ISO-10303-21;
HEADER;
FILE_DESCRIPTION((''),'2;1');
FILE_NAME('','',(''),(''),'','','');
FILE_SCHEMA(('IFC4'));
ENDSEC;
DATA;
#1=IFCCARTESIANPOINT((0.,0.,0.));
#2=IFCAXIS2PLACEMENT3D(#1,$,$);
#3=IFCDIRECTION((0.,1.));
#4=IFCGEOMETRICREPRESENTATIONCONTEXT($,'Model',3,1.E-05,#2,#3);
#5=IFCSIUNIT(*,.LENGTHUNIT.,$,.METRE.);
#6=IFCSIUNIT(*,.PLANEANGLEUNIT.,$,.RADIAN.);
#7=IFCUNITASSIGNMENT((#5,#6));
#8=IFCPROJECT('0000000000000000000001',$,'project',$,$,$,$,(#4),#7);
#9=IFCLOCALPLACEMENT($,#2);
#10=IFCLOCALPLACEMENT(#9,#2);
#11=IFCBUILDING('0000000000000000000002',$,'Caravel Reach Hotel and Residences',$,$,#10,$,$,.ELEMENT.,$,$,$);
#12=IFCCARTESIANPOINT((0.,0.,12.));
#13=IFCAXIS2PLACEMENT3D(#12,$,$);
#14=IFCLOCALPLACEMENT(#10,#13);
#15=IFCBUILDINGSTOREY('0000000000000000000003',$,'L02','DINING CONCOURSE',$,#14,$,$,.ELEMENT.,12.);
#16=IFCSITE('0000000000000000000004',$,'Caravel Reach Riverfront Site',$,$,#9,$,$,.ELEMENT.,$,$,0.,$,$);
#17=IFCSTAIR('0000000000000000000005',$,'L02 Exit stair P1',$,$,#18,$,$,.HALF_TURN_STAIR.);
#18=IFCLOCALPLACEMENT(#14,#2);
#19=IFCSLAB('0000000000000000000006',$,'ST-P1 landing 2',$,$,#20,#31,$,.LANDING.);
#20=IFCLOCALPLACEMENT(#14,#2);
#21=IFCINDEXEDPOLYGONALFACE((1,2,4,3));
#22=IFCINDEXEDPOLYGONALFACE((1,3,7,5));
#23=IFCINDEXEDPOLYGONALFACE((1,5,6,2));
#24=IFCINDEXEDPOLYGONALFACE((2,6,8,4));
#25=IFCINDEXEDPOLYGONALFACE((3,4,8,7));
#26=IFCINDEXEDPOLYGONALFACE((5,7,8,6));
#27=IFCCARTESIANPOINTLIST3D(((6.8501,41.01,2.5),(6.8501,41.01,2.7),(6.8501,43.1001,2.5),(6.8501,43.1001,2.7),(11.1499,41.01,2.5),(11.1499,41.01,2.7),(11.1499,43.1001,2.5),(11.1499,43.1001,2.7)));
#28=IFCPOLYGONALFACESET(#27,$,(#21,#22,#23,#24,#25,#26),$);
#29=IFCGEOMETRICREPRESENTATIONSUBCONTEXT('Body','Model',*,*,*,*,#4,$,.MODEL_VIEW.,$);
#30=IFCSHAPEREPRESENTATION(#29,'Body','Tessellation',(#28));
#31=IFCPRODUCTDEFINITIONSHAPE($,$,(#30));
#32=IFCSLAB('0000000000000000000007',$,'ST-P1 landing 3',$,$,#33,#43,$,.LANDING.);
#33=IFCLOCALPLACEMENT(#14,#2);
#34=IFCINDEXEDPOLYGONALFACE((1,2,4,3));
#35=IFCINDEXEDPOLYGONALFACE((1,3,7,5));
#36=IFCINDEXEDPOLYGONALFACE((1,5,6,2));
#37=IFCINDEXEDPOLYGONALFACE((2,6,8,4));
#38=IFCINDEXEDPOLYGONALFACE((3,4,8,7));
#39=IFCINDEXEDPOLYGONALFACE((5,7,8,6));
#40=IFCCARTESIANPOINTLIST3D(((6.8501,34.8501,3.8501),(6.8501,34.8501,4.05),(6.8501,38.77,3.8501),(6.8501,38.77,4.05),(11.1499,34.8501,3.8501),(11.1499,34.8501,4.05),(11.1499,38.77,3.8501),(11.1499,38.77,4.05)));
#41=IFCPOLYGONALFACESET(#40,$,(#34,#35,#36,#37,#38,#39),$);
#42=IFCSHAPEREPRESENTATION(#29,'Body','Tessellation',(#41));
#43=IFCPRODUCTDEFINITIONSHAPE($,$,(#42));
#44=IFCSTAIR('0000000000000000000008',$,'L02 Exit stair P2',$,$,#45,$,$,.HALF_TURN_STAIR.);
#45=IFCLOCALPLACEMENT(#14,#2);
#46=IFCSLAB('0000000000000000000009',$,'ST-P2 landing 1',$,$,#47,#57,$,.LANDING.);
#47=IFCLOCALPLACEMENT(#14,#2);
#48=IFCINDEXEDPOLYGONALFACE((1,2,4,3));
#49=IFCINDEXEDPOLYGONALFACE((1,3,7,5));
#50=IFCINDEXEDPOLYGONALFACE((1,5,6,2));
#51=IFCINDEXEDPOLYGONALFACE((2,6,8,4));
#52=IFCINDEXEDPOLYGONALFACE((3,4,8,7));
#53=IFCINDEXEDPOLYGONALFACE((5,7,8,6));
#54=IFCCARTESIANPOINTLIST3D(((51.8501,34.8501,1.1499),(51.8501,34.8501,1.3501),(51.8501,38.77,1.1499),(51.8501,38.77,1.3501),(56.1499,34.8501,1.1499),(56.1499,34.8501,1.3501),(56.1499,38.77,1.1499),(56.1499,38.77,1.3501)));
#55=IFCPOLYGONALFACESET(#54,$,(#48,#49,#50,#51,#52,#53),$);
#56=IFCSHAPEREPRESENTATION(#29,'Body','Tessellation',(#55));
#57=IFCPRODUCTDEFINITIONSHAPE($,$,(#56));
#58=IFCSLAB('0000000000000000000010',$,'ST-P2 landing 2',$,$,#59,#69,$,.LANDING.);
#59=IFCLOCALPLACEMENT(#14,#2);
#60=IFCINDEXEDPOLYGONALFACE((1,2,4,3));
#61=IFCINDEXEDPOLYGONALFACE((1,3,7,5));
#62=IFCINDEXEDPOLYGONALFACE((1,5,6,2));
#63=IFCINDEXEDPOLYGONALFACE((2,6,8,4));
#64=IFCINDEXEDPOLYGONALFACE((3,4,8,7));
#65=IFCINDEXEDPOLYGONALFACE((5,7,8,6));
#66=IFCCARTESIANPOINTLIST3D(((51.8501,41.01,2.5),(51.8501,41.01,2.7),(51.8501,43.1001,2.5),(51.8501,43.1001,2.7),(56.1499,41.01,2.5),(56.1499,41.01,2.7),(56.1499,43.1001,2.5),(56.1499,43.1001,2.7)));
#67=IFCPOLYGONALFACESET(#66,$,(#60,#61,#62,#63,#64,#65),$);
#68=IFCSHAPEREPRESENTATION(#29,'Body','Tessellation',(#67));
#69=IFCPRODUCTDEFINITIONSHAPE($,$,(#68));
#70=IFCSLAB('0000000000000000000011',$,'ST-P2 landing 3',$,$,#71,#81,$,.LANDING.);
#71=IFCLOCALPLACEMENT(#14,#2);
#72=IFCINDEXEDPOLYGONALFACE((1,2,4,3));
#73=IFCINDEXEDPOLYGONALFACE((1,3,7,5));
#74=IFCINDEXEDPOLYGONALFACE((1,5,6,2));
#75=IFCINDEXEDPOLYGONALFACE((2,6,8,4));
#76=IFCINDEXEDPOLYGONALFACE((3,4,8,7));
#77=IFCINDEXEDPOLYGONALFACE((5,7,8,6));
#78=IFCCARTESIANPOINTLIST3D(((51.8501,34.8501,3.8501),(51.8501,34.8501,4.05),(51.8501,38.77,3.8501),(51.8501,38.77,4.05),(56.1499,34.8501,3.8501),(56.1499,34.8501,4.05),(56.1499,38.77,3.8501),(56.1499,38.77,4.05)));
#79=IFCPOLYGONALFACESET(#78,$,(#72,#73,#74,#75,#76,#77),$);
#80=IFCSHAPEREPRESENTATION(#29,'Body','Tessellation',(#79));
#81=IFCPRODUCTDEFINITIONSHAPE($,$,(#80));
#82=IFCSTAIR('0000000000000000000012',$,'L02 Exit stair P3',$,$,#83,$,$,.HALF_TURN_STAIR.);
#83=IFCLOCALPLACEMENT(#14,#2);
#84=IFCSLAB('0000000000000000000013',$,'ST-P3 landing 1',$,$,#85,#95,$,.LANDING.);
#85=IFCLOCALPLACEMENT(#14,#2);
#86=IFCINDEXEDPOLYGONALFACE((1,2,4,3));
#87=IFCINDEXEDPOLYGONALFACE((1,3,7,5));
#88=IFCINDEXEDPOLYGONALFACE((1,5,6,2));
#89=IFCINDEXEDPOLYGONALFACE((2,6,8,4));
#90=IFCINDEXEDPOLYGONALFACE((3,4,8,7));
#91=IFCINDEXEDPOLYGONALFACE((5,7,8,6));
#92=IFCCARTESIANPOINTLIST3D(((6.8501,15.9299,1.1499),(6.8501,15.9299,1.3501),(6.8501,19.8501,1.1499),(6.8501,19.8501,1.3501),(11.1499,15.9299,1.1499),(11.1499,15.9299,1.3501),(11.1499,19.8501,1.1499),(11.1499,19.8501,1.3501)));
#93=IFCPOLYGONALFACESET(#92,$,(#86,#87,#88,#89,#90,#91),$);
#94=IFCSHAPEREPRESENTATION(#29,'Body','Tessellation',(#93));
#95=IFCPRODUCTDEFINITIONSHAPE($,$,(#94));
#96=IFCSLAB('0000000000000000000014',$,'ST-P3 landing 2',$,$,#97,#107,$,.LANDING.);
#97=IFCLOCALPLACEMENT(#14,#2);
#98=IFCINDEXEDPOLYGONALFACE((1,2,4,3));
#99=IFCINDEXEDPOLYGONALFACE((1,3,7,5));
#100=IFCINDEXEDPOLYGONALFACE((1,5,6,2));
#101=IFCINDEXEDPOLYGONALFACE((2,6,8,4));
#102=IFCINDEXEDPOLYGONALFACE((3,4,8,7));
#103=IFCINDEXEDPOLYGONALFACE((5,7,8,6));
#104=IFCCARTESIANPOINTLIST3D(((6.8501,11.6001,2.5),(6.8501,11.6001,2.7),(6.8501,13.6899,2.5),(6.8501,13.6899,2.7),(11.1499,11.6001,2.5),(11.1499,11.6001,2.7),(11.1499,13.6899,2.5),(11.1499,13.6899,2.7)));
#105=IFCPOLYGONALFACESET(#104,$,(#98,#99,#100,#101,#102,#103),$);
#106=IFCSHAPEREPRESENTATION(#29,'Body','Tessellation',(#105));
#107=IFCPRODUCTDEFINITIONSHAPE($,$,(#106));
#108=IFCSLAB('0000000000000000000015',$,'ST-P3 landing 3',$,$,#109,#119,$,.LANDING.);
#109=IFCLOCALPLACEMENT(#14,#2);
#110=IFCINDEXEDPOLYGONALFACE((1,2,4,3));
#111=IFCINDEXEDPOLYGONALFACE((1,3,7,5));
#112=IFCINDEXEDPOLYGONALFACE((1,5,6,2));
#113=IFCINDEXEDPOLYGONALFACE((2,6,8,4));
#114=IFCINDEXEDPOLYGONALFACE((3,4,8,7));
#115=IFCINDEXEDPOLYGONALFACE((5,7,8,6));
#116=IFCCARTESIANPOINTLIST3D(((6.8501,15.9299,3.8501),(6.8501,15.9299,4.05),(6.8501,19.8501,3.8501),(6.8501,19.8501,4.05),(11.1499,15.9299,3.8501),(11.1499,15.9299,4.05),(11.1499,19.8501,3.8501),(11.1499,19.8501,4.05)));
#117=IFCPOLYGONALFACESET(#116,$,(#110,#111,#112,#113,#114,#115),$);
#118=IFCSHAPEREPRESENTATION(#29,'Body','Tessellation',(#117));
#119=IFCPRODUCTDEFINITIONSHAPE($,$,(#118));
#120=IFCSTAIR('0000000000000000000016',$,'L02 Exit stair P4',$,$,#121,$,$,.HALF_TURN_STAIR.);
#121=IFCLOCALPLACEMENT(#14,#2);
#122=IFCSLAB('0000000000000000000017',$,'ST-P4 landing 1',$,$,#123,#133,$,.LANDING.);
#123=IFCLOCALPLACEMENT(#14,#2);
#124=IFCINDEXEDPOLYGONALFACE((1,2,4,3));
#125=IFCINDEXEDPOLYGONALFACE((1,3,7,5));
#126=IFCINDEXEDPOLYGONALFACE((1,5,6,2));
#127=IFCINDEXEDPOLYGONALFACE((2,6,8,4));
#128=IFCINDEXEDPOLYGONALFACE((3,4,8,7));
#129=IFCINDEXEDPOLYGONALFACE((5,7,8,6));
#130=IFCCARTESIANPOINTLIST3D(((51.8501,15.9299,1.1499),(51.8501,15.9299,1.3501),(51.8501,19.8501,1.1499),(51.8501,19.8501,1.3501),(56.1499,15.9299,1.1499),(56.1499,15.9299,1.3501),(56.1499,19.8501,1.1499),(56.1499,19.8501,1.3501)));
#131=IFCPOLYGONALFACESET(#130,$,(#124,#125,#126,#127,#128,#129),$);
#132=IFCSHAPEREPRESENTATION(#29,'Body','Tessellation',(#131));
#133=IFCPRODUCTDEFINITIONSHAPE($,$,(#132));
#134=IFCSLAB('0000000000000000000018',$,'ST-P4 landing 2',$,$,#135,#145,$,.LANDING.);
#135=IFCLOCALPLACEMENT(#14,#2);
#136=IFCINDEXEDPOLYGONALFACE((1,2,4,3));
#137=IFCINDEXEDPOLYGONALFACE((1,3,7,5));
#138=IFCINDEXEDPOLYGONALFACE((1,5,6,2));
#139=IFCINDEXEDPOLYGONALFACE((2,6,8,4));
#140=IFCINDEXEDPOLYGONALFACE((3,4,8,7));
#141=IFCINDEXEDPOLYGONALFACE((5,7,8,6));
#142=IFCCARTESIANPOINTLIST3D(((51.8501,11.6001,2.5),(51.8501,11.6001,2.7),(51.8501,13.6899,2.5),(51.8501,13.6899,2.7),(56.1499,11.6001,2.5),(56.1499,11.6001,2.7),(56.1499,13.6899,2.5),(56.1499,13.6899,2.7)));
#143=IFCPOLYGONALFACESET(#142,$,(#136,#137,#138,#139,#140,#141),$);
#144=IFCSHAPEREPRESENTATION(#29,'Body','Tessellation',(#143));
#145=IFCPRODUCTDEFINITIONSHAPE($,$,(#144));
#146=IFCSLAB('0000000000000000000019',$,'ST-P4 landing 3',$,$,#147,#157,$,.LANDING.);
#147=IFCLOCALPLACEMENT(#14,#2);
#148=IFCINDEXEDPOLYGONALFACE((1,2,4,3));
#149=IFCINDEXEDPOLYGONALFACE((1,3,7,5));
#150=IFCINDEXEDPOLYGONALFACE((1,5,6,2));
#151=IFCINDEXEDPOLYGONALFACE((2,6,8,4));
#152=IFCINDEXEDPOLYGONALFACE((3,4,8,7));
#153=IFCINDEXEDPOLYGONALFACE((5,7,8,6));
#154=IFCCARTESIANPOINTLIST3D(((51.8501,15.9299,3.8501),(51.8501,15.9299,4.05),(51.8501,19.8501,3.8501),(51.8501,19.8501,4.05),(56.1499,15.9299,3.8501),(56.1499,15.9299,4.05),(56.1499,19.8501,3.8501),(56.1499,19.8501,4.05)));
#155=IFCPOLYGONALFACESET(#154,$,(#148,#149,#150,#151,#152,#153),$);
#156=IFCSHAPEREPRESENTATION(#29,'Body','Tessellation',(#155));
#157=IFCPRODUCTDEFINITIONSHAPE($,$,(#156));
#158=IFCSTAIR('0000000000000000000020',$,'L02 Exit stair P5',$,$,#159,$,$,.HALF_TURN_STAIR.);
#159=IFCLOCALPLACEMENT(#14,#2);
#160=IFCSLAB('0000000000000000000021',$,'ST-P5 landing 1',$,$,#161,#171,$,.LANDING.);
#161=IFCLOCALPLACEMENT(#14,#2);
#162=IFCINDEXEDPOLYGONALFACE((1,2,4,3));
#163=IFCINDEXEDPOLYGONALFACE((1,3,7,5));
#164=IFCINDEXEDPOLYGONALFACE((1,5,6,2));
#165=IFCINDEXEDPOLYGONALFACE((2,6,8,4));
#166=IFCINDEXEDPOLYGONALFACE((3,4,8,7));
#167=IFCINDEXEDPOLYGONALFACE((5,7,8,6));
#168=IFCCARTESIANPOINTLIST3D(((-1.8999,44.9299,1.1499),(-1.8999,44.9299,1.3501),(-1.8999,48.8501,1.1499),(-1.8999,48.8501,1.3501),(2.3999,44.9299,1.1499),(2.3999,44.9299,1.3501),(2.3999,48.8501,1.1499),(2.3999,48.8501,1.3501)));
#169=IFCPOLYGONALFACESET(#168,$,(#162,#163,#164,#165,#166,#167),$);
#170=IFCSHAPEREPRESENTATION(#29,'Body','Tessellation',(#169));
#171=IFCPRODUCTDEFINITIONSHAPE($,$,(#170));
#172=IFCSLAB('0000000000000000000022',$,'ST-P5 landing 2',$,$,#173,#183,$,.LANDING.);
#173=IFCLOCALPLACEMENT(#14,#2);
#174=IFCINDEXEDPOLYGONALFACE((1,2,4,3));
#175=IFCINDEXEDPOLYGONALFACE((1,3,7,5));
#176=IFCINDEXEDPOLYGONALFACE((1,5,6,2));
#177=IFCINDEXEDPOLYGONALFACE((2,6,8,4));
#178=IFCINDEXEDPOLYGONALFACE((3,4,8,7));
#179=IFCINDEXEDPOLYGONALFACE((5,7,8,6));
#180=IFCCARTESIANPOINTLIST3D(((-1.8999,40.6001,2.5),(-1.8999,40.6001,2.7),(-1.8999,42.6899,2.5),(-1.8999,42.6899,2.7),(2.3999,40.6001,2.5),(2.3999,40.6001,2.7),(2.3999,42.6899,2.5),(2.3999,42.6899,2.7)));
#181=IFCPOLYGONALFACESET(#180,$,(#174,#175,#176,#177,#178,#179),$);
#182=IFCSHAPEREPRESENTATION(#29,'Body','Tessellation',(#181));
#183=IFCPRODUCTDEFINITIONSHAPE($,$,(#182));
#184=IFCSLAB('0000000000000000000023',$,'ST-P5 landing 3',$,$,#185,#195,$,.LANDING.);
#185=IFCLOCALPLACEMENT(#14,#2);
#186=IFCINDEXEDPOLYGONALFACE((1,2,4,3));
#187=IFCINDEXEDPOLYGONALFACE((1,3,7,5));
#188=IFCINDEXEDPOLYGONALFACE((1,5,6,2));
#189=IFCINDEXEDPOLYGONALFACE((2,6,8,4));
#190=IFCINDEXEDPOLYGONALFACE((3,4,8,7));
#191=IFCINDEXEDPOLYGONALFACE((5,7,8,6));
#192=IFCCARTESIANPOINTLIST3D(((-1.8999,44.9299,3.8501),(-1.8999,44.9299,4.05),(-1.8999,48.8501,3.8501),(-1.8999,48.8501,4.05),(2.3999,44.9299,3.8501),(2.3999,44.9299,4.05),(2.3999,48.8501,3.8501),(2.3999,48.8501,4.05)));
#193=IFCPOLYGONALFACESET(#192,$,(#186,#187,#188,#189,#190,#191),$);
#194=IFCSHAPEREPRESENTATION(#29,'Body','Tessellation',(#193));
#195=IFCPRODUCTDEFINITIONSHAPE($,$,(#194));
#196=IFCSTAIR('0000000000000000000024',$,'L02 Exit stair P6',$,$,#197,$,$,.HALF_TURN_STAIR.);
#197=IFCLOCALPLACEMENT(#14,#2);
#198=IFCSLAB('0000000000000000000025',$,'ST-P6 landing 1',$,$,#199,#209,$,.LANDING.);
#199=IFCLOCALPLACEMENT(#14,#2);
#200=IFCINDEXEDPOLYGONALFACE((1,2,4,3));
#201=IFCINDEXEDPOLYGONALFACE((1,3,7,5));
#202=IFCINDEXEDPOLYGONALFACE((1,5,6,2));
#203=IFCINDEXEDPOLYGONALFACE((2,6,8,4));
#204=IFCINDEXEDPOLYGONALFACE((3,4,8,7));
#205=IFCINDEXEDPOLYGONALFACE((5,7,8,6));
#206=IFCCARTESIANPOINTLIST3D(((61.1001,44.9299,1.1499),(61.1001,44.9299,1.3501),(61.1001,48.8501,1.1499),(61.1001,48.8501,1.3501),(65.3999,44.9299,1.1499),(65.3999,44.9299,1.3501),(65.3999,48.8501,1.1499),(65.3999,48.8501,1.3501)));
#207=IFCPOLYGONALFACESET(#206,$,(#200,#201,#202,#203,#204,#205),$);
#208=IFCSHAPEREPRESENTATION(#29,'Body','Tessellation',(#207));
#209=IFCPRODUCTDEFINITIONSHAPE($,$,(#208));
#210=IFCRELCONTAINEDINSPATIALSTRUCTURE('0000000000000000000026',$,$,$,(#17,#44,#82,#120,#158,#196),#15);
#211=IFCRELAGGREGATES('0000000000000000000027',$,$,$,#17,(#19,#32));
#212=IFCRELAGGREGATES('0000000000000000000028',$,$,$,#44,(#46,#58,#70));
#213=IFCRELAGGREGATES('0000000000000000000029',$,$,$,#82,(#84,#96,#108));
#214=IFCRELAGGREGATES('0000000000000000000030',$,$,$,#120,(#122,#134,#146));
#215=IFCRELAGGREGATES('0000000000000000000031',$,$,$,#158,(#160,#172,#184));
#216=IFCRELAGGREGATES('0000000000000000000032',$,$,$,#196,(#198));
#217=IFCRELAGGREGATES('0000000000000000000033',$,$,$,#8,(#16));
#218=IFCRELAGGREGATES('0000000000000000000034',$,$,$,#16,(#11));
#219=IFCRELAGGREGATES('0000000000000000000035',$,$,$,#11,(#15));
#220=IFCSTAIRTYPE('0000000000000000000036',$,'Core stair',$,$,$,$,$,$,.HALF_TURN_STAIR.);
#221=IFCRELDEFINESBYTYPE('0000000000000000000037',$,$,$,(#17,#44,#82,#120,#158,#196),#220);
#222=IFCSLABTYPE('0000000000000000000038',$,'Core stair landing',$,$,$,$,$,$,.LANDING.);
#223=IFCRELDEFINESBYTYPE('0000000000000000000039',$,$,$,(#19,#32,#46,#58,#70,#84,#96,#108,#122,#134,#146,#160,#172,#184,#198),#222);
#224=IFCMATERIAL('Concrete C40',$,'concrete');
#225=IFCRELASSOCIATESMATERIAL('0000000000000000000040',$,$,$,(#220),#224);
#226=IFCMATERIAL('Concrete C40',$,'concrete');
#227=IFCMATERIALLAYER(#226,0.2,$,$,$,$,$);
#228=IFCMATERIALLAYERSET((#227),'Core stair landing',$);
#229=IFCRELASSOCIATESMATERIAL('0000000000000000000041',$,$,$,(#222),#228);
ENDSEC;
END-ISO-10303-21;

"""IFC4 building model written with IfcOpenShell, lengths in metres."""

from ifc_helpers import new_model, si_unit, direction, frame, origin, place, context, subcontext, project, spatial, polyline, outline, extrude, material, layer, layer_set, type_object, element, aggregate, save


model = new_model("IFC4")

# Units and contexts
model_context = context("Model", 3, precision=1e-05, world=origin(), true_north=direction((0.0, 1.0)))
body_context = subcontext(model_context, "Body", "Model", "MODEL_VIEW")
ifc_project = project(units=[si_unit("LENGTHUNIT", "METRE"), si_unit("PLANEANGLEUNIT", "RADIAN")], contexts=[model_context])

# Site, building, storey
site_placement = place(None, origin())
site = spatial("IfcSite", under=ifc_project, at=site_placement, Name="Caravel Reach Riverfront Site", CompositionType="ELEMENT", RefElevation=0.0)
building_placement = place(site_placement, origin())
building = spatial("IfcBuilding", under=site, at=building_placement, Name="Caravel Reach Hotel and Residences", CompositionType="ELEMENT")
storey_placement = place(building_placement, frame((0.0, 0.0, 12.0)))
storey = spatial("IfcBuildingStorey", under=building, at=storey_placement, Name="L02", Description="DINING CONCOURSE", CompositionType="ELEMENT", Elevation=12.0)

# Shared definitions
ifc_material_1 = material(Name="Concrete C40", Category="concrete")
stair_type = type_object("IfcStairType", Name="Core stair", PredefinedType="HALF_TURN_STAIR", material=ifc_material_1)
ifc_material_2 = material(Name="Concrete C40", Category="concrete")
ifc_layer_1 = layer(ifc_material_2, 0.2)
ifc_layer_set_1 = layer_set([ifc_layer_1], Name="Core stair landing")
slab_type_1 = type_object("IfcSlabType", Name="Core stair landing", PredefinedType="LANDING", material=ifc_layer_set_1)

# Stairs, slabs
stair_1_placement = place(storey_placement, origin())
stair_1 = element("IfcStair", 1, at=stair_1_placement, inside=storey, type_object=stair_type, Name="L02 Exit stair P1", PredefinedType="HALF_TURN_STAIR")
slab_1_placement = place(storey_placement, frame((0.0, 0.0, 2.5)))
slab_1 = element("IfcSlab", 2, at=slab_1_placement, type_object=slab_type_1, Name="ST-P1 landing 2", PredefinedType="LANDING", context=body_context, shape_type="SweptSolid", body=[
    extrude(outline(polyline([(6.8501, 43.1001), (6.8501, 41.01), (11.1499, 41.01), (11.1499, 43.1001), (6.8501, 43.1001)])), origin(), (0.0, 0.0, 1.0), 0.2),
])
slab_2_placement = place(storey_placement, frame((0.0, 0.0, 3.8501)))
slab_2 = element("IfcSlab", 3, at=slab_2_placement, type_object=slab_type_1, Name="ST-P1 landing 3", PredefinedType="LANDING", context=body_context, shape_type="SweptSolid", body=[
    extrude(outline(polyline([(6.8501, 38.77), (6.8501, 34.8501), (11.1499, 34.8501), (11.1499, 38.77), (6.8501, 38.77)])), origin(), (0.0, 0.0, 1.0), 0.2),
])
aggregate(stair_1, [slab_1, slab_2])
stair_2_placement = place(storey_placement, origin())
stair_2 = element("IfcStair", 4, at=stair_2_placement, inside=storey, type_object=stair_type, Name="L02 Exit stair P2", PredefinedType="HALF_TURN_STAIR")
slab_3_placement = place(storey_placement, frame((0.0, 0.0, 1.1499)))
slab_3 = element("IfcSlab", 5, at=slab_3_placement, type_object=slab_type_1, Name="ST-P2 landing 1", PredefinedType="LANDING", context=body_context, shape_type="SweptSolid", body=[
    extrude(outline(polyline([(51.8501, 38.77), (51.8501, 34.8501), (56.1499, 34.8501), (56.1499, 38.77), (51.8501, 38.77)])), origin(), (0.0, 0.0, 1.0), 0.2002),
])
slab_4_placement = place(storey_placement, frame((0.0, 0.0, 2.5)))
slab_4 = element("IfcSlab", 6, at=slab_4_placement, type_object=slab_type_1, Name="ST-P2 landing 2", PredefinedType="LANDING", context=body_context, shape_type="SweptSolid", body=[
    extrude(outline(polyline([(51.8501, 43.1001), (51.8501, 41.01), (56.1499, 41.01), (56.1499, 43.1001), (51.8501, 43.1001)])), origin(), (0.0, 0.0, 1.0), 0.2),
])
slab_5_placement = place(storey_placement, frame((0.0, 0.0, 3.8501)))
slab_5 = element("IfcSlab", 7, at=slab_5_placement, type_object=slab_type_1, Name="ST-P2 landing 3", PredefinedType="LANDING", context=body_context, shape_type="SweptSolid", body=[
    extrude(outline(polyline([(51.8501, 38.77), (51.8501, 34.8501), (56.1499, 34.8501), (56.1499, 38.77), (51.8501, 38.77)])), origin(), (0.0, 0.0, 1.0), 0.2),
])
aggregate(stair_2, [slab_3, slab_4, slab_5])
stair_3_placement = place(storey_placement, origin())
stair_3 = element("IfcStair", 8, at=stair_3_placement, inside=storey, type_object=stair_type, Name="L02 Exit stair P3", PredefinedType="HALF_TURN_STAIR")
slab_6_placement = place(storey_placement, frame((0.0, 0.0, 1.1499)))
slab_6 = element("IfcSlab", 9, at=slab_6_placement, type_object=slab_type_1, Name="ST-P3 landing 1", PredefinedType="LANDING", context=body_context, shape_type="SweptSolid", body=[
    extrude(outline(polyline([(11.1499, 15.9299), (11.1499, 19.8501), (6.8501, 19.8501), (6.8501, 15.9299), (11.1499, 15.9299)])), origin(), (0.0, 0.0, 1.0), 0.2002),
])
slab_7_placement = place(storey_placement, frame((0.0, 0.0, 2.5)))
slab_7 = element("IfcSlab", 10, at=slab_7_placement, type_object=slab_type_1, Name="ST-P3 landing 2", PredefinedType="LANDING", context=body_context, shape_type="SweptSolid", body=[
    extrude(outline(polyline([(11.1499, 11.6001), (11.1499, 13.6899), (6.8501, 13.6899), (6.8501, 11.6001), (11.1499, 11.6001)])), origin(), (0.0, 0.0, 1.0), 0.2),
])
slab_8_placement = place(storey_placement, frame((0.0, 0.0, 3.8501)))
slab_8 = element("IfcSlab", 11, at=slab_8_placement, type_object=slab_type_1, Name="ST-P3 landing 3", PredefinedType="LANDING", context=body_context, shape_type="SweptSolid", body=[
    extrude(outline(polyline([(11.1499, 15.9299), (11.1499, 19.8501), (6.8501, 19.8501), (6.8501, 15.9299), (11.1499, 15.9299)])), origin(), (0.0, 0.0, 1.0), 0.2),
])
aggregate(stair_3, [slab_6, slab_7, slab_8])
stair_4_placement = place(storey_placement, origin())
stair_4 = element("IfcStair", 12, at=stair_4_placement, inside=storey, type_object=stair_type, Name="L02 Exit stair P4", PredefinedType="HALF_TURN_STAIR")
slab_9_placement = place(storey_placement, frame((0.0, 0.0, 1.1499)))
slab_9 = element("IfcSlab", 13, at=slab_9_placement, type_object=slab_type_1, Name="ST-P4 landing 1", PredefinedType="LANDING", context=body_context, shape_type="SweptSolid", body=[
    extrude(outline(polyline([(56.1499, 15.9299), (56.1499, 19.8501), (51.8501, 19.8501), (51.8501, 15.9299), (56.1499, 15.9299)])), origin(), (0.0, 0.0, 1.0), 0.2002),
])
slab_10_placement = place(storey_placement, frame((0.0, 0.0, 2.5)))
slab_10 = element("IfcSlab", 14, at=slab_10_placement, type_object=slab_type_1, Name="ST-P4 landing 2", PredefinedType="LANDING", context=body_context, shape_type="SweptSolid", body=[
    extrude(outline(polyline([(56.1499, 11.6001), (56.1499, 13.6899), (51.8501, 13.6899), (51.8501, 11.6001), (56.1499, 11.6001)])), origin(), (0.0, 0.0, 1.0), 0.2),
])
slab_11_placement = place(storey_placement, frame((0.0, 0.0, 3.8501)))
slab_11 = element("IfcSlab", 15, at=slab_11_placement, type_object=slab_type_1, Name="ST-P4 landing 3", PredefinedType="LANDING", context=body_context, shape_type="SweptSolid", body=[
    extrude(outline(polyline([(56.1499, 15.9299), (56.1499, 19.8501), (51.8501, 19.8501), (51.8501, 15.9299), (56.1499, 15.9299)])), origin(), (0.0, 0.0, 1.0), 0.2),
])
aggregate(stair_4, [slab_9, slab_10, slab_11])
stair_5_placement = place(storey_placement, origin())
stair_5 = element("IfcStair", 16, at=stair_5_placement, inside=storey, type_object=stair_type, Name="L02 Exit stair P5", PredefinedType="HALF_TURN_STAIR")
slab_12_placement = place(storey_placement, frame((0.0, 0.0, 1.1499)))
slab_12 = element("IfcSlab", 17, at=slab_12_placement, type_object=slab_type_1, Name="ST-P5 landing 1", PredefinedType="LANDING", context=body_context, shape_type="SweptSolid", body=[
    extrude(outline(polyline([(2.3999, 44.9299), (2.3999, 48.8501), (-1.8999, 48.8501), (-1.8999, 44.9299), (2.3999, 44.9299)])), origin(), (0.0, 0.0, 1.0), 0.2002),
])
slab_13_placement = place(storey_placement, frame((0.0, 0.0, 2.5)))
slab_13 = element("IfcSlab", 18, at=slab_13_placement, type_object=slab_type_1, Name="ST-P5 landing 2", PredefinedType="LANDING", context=body_context, shape_type="SweptSolid", body=[
    extrude(outline(polyline([(2.3999, 40.6001), (2.3999, 42.6899), (-1.8999, 42.6899), (-1.8999, 40.6001), (2.3999, 40.6001)])), origin(), (0.0, 0.0, 1.0), 0.2),
])
slab_14_placement = place(storey_placement, frame((0.0, 0.0, 3.8501)))
slab_14 = element("IfcSlab", 19, at=slab_14_placement, type_object=slab_type_1, Name="ST-P5 landing 3", PredefinedType="LANDING", context=body_context, shape_type="SweptSolid", body=[
    extrude(outline(polyline([(2.3999, 44.9299), (2.3999, 48.8501), (-1.8999, 48.8501), (-1.8999, 44.9299), (2.3999, 44.9299)])), origin(), (0.0, 0.0, 1.0), 0.2),
])
aggregate(stair_5, [slab_12, slab_13, slab_14])

# Stair, slab
stair_6_placement = place(storey_placement, origin())
stair_6 = element("IfcStair", 20, at=stair_6_placement, inside=storey, type_object=stair_type, Name="L02 Exit stair P6", PredefinedType="HALF_TURN_STAIR")
slab_15_placement = place(storey_placement, frame((0.0, 0.0, 1.1499)))
slab_15 = element("IfcSlab", 21, at=slab_15_placement, type_object=slab_type_1, Name="ST-P6 landing 1", PredefinedType="LANDING", context=body_context, shape_type="SweptSolid", body=[
    extrude(outline(polyline([(65.3999, 44.9299), (65.3999, 48.8501), (61.1001, 48.8501), (61.1001, 44.9299), (65.3999, 44.9299)])), origin(), (0.0, 0.0, 1.0), 0.2002),
])
aggregate(stair_6, [slab_15])

save(model, "model.ifc")
